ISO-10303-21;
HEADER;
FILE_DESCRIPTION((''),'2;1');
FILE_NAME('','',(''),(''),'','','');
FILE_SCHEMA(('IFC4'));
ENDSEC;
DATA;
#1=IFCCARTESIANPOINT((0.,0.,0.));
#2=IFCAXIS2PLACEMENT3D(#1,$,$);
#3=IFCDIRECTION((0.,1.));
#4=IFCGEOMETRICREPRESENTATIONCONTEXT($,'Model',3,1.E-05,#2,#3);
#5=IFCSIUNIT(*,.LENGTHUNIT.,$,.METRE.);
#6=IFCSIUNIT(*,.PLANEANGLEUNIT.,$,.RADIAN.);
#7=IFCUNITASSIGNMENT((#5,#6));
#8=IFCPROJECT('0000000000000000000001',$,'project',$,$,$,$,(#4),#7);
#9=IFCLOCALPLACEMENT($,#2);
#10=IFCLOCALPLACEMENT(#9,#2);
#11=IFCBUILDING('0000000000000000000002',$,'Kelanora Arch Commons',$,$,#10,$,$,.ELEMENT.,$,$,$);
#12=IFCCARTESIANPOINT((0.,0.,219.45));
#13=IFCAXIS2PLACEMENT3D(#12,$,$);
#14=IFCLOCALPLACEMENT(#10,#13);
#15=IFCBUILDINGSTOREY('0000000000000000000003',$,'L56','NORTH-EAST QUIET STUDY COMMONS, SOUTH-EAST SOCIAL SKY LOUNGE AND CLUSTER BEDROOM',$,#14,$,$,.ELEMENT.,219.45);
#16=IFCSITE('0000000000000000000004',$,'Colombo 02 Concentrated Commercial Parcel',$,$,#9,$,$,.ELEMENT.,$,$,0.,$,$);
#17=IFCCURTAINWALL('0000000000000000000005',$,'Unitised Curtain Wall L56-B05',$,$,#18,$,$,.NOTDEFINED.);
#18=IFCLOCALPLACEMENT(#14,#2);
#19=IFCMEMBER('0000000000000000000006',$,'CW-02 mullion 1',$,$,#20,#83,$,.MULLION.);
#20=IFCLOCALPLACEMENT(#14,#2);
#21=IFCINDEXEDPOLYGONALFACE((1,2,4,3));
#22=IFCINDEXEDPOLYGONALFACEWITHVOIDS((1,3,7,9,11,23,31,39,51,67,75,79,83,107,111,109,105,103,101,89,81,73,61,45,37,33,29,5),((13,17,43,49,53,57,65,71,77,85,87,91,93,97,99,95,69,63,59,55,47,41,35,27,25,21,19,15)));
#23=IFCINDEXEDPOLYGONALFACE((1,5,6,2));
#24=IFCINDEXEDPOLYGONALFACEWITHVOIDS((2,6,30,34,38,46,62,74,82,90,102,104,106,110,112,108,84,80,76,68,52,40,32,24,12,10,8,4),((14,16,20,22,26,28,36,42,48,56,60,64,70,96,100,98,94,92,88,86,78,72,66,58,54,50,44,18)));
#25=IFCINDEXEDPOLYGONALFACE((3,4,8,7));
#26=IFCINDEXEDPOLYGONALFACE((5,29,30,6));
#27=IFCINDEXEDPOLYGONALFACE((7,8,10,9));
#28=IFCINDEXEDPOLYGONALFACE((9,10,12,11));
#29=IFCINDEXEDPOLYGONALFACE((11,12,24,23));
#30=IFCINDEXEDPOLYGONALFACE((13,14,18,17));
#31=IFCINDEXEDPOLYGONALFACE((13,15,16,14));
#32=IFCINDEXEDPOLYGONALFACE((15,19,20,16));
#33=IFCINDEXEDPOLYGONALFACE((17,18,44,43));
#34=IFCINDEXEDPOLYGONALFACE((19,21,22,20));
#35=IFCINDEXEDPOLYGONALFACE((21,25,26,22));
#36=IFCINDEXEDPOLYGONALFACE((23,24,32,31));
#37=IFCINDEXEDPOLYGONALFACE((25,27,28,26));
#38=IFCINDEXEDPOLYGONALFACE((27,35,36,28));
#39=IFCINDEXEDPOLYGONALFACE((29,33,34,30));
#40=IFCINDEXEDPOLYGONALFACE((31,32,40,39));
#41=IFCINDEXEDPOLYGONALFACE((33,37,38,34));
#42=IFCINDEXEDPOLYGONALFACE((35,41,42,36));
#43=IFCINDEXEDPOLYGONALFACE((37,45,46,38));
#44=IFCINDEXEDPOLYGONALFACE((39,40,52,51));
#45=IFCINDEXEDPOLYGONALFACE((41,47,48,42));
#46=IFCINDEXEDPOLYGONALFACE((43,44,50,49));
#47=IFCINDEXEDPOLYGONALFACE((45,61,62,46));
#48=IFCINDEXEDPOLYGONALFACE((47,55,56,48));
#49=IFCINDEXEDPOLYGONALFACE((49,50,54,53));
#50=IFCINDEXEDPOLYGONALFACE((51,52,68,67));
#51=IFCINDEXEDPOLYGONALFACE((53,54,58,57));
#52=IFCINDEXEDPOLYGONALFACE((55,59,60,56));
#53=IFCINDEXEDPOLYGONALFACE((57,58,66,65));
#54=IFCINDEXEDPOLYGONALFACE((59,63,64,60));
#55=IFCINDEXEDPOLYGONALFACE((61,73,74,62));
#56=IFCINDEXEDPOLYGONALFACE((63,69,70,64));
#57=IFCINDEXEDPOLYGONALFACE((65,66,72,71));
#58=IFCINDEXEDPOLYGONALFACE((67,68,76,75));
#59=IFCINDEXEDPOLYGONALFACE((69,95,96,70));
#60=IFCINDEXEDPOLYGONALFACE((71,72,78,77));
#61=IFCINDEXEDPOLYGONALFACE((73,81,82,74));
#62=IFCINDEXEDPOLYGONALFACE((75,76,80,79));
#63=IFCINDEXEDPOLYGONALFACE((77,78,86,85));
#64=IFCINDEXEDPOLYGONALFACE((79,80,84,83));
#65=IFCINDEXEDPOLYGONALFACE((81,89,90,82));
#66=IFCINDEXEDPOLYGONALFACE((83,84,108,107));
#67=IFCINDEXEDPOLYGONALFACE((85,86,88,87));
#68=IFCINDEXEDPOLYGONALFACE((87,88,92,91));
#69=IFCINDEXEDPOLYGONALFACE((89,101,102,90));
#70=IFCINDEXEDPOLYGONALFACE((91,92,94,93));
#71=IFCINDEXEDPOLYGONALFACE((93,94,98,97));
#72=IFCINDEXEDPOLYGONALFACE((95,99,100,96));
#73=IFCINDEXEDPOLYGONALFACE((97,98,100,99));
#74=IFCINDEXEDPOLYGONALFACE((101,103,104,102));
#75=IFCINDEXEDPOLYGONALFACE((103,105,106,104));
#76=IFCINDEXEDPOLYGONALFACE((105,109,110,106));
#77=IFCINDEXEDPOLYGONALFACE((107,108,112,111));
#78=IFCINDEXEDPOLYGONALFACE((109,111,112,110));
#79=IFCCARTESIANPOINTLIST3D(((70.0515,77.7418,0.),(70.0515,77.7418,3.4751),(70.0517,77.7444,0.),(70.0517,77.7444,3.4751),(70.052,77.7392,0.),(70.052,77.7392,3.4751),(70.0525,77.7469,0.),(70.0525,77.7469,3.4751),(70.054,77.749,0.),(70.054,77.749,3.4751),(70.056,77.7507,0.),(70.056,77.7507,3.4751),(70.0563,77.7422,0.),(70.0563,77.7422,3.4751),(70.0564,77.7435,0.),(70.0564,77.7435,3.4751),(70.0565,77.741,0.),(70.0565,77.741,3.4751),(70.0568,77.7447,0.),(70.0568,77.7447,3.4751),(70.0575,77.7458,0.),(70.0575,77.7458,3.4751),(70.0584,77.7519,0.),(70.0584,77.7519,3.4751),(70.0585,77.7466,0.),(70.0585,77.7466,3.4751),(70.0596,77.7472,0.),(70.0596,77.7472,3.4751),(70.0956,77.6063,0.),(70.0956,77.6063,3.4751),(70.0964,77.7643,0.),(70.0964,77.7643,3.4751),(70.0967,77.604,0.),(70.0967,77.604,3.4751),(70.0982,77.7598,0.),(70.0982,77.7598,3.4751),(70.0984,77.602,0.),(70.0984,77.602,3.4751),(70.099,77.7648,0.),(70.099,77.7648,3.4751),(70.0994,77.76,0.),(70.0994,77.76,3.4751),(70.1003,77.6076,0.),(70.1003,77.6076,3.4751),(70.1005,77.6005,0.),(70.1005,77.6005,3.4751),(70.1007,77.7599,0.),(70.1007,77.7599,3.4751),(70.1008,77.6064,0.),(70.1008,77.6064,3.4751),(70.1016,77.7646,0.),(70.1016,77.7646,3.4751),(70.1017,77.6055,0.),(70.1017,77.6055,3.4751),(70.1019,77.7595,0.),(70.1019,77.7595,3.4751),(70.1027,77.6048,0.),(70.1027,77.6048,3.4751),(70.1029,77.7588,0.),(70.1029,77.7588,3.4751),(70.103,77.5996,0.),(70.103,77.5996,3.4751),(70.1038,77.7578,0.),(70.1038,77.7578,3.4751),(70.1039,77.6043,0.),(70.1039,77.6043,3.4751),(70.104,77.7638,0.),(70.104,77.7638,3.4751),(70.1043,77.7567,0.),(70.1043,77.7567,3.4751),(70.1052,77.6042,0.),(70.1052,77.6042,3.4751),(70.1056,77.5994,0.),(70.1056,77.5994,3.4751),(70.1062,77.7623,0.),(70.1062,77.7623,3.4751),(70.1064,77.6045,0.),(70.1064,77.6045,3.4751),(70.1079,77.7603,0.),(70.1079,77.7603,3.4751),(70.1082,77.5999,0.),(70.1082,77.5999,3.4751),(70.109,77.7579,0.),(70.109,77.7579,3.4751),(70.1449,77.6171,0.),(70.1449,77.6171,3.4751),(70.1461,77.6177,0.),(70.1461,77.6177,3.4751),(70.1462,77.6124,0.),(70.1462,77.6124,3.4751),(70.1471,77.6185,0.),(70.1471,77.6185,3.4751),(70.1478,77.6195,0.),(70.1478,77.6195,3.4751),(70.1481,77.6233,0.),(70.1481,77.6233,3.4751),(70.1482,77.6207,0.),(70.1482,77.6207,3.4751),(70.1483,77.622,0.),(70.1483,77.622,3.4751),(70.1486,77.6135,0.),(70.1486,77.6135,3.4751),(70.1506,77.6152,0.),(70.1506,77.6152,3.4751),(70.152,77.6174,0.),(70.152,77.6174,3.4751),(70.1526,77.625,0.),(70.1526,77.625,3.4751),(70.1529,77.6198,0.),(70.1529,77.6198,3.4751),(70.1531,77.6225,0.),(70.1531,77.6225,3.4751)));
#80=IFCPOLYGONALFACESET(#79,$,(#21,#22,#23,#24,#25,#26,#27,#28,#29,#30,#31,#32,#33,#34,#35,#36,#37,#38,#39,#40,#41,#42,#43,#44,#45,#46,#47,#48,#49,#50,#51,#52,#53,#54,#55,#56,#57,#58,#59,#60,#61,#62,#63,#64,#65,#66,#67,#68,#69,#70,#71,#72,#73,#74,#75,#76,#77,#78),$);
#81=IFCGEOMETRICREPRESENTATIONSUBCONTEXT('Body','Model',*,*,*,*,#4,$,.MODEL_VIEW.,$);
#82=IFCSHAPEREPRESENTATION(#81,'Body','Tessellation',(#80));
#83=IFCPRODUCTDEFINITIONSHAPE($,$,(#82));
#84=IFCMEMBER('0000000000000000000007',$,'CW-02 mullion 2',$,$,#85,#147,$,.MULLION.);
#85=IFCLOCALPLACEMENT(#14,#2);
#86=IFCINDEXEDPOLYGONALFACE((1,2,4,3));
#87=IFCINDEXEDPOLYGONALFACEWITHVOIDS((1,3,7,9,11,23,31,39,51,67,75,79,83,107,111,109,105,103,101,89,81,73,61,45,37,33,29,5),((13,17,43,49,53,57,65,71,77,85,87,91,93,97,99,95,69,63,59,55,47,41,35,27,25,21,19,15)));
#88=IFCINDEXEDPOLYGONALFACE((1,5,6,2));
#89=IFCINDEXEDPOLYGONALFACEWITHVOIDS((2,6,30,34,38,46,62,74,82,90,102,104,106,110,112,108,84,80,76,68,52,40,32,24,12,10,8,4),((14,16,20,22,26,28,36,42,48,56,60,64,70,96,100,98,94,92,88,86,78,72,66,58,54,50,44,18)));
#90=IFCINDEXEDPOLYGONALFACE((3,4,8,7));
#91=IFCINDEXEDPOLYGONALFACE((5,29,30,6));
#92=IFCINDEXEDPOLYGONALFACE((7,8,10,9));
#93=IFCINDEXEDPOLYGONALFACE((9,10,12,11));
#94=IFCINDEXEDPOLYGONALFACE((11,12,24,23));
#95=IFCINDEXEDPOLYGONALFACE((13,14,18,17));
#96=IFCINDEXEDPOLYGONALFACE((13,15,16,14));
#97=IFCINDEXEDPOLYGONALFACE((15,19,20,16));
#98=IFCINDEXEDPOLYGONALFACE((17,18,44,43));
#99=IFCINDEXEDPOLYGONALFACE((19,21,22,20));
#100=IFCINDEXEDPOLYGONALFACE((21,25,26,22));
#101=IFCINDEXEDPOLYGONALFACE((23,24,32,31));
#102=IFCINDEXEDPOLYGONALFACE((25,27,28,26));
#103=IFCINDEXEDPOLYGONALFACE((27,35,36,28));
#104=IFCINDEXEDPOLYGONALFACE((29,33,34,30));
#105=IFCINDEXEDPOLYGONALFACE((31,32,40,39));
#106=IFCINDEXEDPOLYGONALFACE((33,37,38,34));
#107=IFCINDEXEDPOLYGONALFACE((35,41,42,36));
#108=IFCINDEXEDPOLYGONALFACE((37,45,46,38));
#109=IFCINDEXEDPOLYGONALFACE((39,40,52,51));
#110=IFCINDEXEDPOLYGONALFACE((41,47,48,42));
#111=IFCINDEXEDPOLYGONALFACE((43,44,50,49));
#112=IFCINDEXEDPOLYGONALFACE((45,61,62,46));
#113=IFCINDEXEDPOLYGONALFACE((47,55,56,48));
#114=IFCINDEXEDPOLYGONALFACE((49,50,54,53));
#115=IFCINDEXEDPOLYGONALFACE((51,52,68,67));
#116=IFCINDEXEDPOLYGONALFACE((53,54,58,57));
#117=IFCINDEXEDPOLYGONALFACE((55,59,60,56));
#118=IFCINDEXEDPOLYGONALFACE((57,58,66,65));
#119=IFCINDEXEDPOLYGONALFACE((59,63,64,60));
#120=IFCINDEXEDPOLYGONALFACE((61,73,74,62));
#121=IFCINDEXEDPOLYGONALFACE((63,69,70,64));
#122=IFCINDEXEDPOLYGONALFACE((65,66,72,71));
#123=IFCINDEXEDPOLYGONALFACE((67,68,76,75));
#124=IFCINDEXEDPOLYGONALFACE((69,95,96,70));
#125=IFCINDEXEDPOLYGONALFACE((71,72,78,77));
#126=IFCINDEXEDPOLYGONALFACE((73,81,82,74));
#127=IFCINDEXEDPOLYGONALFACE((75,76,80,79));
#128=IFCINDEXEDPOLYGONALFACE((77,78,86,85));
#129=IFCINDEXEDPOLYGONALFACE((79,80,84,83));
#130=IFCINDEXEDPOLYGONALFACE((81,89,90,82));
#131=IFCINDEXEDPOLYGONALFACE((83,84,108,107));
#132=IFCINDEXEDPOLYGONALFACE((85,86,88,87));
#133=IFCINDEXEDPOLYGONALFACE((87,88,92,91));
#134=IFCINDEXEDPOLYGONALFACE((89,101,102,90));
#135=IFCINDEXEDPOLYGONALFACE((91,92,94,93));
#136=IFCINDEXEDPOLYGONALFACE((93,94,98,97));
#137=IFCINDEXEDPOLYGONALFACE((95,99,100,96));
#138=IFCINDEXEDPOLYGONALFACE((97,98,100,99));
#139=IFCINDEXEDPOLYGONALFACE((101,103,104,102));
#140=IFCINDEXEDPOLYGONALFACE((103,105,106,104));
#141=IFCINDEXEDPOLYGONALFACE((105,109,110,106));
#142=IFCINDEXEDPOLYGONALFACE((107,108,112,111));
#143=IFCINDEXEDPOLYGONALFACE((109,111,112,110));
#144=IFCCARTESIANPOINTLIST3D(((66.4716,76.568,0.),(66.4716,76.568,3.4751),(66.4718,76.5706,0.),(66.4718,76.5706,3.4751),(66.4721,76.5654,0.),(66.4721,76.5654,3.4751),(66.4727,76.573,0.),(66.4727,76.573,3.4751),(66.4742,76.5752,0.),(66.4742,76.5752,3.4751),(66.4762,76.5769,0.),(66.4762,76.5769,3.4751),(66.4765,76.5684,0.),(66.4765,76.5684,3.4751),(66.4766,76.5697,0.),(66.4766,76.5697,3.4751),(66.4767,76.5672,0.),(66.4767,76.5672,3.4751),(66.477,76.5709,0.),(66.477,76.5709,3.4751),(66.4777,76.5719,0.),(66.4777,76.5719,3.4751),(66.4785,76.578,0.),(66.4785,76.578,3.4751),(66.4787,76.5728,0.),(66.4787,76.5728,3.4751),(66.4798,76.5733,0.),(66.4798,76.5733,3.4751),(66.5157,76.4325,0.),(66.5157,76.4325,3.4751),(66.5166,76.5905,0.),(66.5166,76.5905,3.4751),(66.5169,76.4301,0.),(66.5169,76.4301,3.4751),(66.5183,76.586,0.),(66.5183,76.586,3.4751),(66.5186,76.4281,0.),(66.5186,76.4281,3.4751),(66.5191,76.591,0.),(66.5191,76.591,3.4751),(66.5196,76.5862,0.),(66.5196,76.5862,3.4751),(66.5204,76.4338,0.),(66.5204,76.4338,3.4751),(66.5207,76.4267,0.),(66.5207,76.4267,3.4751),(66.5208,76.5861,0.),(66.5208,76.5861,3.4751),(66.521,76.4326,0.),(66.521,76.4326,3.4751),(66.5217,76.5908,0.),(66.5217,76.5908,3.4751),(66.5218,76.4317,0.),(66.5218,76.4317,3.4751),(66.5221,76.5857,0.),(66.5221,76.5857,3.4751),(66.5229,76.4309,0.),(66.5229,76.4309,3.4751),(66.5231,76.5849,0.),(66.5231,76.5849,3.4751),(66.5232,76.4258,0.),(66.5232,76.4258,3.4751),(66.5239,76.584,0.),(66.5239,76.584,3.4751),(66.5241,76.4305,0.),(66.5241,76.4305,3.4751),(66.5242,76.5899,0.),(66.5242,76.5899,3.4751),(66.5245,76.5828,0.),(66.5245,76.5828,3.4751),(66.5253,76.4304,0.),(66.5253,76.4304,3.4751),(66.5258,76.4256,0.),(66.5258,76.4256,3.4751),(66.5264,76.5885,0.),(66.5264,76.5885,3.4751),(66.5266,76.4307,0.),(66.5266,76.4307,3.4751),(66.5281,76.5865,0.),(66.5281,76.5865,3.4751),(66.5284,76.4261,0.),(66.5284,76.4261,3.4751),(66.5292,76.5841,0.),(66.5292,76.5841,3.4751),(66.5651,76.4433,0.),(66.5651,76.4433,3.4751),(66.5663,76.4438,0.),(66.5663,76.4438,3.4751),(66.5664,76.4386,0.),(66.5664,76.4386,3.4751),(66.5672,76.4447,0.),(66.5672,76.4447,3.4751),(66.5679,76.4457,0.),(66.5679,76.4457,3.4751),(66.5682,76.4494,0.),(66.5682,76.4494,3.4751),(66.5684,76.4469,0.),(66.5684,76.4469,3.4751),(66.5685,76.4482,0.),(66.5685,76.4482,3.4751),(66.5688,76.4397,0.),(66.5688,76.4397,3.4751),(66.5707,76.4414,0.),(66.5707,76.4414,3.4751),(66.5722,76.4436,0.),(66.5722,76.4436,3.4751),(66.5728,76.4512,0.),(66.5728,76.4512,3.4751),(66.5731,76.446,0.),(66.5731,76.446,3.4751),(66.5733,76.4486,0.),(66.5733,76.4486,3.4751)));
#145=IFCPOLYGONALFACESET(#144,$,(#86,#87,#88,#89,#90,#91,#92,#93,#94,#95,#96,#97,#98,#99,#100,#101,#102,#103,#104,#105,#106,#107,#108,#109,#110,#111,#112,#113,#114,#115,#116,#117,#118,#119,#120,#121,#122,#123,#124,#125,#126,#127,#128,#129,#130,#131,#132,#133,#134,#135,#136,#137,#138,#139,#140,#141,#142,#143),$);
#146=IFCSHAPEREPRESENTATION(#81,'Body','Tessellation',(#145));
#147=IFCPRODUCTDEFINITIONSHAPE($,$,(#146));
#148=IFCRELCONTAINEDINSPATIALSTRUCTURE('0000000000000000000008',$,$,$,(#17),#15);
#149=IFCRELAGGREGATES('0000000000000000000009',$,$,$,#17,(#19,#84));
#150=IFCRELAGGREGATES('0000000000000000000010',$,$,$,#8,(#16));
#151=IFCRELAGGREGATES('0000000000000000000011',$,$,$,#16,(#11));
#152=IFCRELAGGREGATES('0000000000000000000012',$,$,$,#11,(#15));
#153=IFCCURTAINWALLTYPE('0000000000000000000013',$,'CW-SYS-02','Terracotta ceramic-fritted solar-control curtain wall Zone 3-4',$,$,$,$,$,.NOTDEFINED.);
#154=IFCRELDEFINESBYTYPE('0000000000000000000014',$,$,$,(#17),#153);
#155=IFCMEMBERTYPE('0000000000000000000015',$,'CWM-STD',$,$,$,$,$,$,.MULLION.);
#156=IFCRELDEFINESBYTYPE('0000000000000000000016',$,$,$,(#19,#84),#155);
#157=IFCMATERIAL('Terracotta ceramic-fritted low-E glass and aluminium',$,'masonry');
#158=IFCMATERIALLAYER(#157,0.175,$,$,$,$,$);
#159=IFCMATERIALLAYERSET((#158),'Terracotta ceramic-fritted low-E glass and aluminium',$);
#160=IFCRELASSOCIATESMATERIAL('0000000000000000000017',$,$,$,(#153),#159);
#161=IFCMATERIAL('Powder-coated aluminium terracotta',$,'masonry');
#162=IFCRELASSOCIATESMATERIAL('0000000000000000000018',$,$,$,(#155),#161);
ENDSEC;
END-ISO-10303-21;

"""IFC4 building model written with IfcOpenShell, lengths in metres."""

from ifc_helpers import new_model, si_unit, direction, frame, origin, origin_2d, place, context, subcontext, project, spatial, hollow_rectangle, extrude, material, layer, layer_set, material_profile, profile_set, type_object, element, aggregate, save


model = new_model("IFC4")

# Units and contexts
model_context = context("Model", 3, precision=1e-05, world=origin(), true_north=direction((0.0, 1.0)))
body_context = subcontext(model_context, "Body", "Model", "MODEL_VIEW")
ifc_project = project(units=[si_unit("LENGTHUNIT", "METRE"), si_unit("PLANEANGLEUNIT", "RADIAN")], contexts=[model_context])

# Site, building, storey
site_placement = place(None, origin())
site = spatial("IfcSite", under=ifc_project, at=site_placement, Name="Colombo 02 Concentrated Commercial Parcel", CompositionType="ELEMENT", RefElevation=0.0)
building_placement = place(site_placement, origin())
building = spatial("IfcBuilding", under=site, at=building_placement, Name="Kelanora Arch Commons", CompositionType="ELEMENT")
storey_placement = place(building_placement, frame((0.0, 0.0, 219.45)))
storey = spatial("IfcBuildingStorey", under=building, at=storey_placement, Name="L56", Description="NORTH-EAST QUIET STUDY COMMONS, SOUTH-EAST SOCIAL SKY LOUNGE AND CLUSTER BEDROOM", CompositionType="ELEMENT", Elevation=219.45)

# Curtain wall, members
ifc_material_1 = material(Name="Terracotta ceramic-fritted low-E glass and aluminium", Category="masonry")
ifc_layer_1 = layer(ifc_material_1, 0.175)
ifc_layer_set_1 = layer_set([ifc_layer_1], Name="Terracotta ceramic-fritted low-E glass and aluminium")
curtain_wall_type = type_object("IfcCurtainWallType", Name="CW-SYS-02", Description="Terracotta ceramic-fritted solar-control curtain wall Zone 3-4", PredefinedType="NOTDEFINED", material=ifc_layer_set_1)
curtain_wall_placement = place(storey_placement, origin())
curtain_wall = element("IfcCurtainWall", 1, at=curtain_wall_placement, inside=storey, type_object=curtain_wall_type, Name="Unitised Curtain Wall L56-B05", PredefinedType="NOTDEFINED")
ifc_material_2 = material(Name="Powder-coated aluminium terracotta", Category="masonry")
ifc_material_profile_1 = material_profile(ifc_material_2, hollow_rectangle(XDim=0.1599, YDim=0.0601, WallThickness=0.0049, InnerFilletRadius=0.0049, OuterFilletRadius=0.01, at=origin_2d()), Name="CWM160x60")
ifc_profile_set_1 = profile_set([ifc_material_profile_1], Name="Powder-coated aluminium terracotta")
member_type_1 = type_object("IfcMemberType", Name="CWM-STD", PredefinedType="MULLION", material=ifc_profile_set_1)
member_1_placement = place(storey_placement, frame((70.1023, 77.6821, 0.0), z_axis=(0.0, 0.0, 1.0), x_axis=(0.311582, -0.950219, 0.0)))
member_1 = element("IfcMember", 2, at=member_1_placement, type_object=member_type_1, Name="CW-02 mullion 1", PredefinedType="MULLION", context=body_context, shape_type="SweptSolid", body=[
    extrude(hollow_rectangle(XDim=0.1599, YDim=0.0601, WallThickness=0.0049, InnerFilletRadius=0.0049, OuterFilletRadius=0.01, at=origin_2d()), origin(), (0.0, 0.0, 1.0), 3.4751),
])
member_2_placement = place(storey_placement, frame((66.5225, 76.5083, 0.0), z_axis=(0.0, 0.0, 1.0), x_axis=(0.311582, -0.950219, 0.0)))
member_2 = element("IfcMember", 3, at=member_2_placement, type_object=member_type_1, Name="CW-02 mullion 2", PredefinedType="MULLION", context=body_context, shape_type="SweptSolid", body=[
    extrude(hollow_rectangle(XDim=0.1599, YDim=0.0601, WallThickness=0.0049, InnerFilletRadius=0.0049, OuterFilletRadius=0.01, at=origin_2d()), origin(), (0.0, 0.0, 1.0), 3.4751),
])
aggregate(curtain_wall, [member_1, member_2])

save(model, "model.ifc")
